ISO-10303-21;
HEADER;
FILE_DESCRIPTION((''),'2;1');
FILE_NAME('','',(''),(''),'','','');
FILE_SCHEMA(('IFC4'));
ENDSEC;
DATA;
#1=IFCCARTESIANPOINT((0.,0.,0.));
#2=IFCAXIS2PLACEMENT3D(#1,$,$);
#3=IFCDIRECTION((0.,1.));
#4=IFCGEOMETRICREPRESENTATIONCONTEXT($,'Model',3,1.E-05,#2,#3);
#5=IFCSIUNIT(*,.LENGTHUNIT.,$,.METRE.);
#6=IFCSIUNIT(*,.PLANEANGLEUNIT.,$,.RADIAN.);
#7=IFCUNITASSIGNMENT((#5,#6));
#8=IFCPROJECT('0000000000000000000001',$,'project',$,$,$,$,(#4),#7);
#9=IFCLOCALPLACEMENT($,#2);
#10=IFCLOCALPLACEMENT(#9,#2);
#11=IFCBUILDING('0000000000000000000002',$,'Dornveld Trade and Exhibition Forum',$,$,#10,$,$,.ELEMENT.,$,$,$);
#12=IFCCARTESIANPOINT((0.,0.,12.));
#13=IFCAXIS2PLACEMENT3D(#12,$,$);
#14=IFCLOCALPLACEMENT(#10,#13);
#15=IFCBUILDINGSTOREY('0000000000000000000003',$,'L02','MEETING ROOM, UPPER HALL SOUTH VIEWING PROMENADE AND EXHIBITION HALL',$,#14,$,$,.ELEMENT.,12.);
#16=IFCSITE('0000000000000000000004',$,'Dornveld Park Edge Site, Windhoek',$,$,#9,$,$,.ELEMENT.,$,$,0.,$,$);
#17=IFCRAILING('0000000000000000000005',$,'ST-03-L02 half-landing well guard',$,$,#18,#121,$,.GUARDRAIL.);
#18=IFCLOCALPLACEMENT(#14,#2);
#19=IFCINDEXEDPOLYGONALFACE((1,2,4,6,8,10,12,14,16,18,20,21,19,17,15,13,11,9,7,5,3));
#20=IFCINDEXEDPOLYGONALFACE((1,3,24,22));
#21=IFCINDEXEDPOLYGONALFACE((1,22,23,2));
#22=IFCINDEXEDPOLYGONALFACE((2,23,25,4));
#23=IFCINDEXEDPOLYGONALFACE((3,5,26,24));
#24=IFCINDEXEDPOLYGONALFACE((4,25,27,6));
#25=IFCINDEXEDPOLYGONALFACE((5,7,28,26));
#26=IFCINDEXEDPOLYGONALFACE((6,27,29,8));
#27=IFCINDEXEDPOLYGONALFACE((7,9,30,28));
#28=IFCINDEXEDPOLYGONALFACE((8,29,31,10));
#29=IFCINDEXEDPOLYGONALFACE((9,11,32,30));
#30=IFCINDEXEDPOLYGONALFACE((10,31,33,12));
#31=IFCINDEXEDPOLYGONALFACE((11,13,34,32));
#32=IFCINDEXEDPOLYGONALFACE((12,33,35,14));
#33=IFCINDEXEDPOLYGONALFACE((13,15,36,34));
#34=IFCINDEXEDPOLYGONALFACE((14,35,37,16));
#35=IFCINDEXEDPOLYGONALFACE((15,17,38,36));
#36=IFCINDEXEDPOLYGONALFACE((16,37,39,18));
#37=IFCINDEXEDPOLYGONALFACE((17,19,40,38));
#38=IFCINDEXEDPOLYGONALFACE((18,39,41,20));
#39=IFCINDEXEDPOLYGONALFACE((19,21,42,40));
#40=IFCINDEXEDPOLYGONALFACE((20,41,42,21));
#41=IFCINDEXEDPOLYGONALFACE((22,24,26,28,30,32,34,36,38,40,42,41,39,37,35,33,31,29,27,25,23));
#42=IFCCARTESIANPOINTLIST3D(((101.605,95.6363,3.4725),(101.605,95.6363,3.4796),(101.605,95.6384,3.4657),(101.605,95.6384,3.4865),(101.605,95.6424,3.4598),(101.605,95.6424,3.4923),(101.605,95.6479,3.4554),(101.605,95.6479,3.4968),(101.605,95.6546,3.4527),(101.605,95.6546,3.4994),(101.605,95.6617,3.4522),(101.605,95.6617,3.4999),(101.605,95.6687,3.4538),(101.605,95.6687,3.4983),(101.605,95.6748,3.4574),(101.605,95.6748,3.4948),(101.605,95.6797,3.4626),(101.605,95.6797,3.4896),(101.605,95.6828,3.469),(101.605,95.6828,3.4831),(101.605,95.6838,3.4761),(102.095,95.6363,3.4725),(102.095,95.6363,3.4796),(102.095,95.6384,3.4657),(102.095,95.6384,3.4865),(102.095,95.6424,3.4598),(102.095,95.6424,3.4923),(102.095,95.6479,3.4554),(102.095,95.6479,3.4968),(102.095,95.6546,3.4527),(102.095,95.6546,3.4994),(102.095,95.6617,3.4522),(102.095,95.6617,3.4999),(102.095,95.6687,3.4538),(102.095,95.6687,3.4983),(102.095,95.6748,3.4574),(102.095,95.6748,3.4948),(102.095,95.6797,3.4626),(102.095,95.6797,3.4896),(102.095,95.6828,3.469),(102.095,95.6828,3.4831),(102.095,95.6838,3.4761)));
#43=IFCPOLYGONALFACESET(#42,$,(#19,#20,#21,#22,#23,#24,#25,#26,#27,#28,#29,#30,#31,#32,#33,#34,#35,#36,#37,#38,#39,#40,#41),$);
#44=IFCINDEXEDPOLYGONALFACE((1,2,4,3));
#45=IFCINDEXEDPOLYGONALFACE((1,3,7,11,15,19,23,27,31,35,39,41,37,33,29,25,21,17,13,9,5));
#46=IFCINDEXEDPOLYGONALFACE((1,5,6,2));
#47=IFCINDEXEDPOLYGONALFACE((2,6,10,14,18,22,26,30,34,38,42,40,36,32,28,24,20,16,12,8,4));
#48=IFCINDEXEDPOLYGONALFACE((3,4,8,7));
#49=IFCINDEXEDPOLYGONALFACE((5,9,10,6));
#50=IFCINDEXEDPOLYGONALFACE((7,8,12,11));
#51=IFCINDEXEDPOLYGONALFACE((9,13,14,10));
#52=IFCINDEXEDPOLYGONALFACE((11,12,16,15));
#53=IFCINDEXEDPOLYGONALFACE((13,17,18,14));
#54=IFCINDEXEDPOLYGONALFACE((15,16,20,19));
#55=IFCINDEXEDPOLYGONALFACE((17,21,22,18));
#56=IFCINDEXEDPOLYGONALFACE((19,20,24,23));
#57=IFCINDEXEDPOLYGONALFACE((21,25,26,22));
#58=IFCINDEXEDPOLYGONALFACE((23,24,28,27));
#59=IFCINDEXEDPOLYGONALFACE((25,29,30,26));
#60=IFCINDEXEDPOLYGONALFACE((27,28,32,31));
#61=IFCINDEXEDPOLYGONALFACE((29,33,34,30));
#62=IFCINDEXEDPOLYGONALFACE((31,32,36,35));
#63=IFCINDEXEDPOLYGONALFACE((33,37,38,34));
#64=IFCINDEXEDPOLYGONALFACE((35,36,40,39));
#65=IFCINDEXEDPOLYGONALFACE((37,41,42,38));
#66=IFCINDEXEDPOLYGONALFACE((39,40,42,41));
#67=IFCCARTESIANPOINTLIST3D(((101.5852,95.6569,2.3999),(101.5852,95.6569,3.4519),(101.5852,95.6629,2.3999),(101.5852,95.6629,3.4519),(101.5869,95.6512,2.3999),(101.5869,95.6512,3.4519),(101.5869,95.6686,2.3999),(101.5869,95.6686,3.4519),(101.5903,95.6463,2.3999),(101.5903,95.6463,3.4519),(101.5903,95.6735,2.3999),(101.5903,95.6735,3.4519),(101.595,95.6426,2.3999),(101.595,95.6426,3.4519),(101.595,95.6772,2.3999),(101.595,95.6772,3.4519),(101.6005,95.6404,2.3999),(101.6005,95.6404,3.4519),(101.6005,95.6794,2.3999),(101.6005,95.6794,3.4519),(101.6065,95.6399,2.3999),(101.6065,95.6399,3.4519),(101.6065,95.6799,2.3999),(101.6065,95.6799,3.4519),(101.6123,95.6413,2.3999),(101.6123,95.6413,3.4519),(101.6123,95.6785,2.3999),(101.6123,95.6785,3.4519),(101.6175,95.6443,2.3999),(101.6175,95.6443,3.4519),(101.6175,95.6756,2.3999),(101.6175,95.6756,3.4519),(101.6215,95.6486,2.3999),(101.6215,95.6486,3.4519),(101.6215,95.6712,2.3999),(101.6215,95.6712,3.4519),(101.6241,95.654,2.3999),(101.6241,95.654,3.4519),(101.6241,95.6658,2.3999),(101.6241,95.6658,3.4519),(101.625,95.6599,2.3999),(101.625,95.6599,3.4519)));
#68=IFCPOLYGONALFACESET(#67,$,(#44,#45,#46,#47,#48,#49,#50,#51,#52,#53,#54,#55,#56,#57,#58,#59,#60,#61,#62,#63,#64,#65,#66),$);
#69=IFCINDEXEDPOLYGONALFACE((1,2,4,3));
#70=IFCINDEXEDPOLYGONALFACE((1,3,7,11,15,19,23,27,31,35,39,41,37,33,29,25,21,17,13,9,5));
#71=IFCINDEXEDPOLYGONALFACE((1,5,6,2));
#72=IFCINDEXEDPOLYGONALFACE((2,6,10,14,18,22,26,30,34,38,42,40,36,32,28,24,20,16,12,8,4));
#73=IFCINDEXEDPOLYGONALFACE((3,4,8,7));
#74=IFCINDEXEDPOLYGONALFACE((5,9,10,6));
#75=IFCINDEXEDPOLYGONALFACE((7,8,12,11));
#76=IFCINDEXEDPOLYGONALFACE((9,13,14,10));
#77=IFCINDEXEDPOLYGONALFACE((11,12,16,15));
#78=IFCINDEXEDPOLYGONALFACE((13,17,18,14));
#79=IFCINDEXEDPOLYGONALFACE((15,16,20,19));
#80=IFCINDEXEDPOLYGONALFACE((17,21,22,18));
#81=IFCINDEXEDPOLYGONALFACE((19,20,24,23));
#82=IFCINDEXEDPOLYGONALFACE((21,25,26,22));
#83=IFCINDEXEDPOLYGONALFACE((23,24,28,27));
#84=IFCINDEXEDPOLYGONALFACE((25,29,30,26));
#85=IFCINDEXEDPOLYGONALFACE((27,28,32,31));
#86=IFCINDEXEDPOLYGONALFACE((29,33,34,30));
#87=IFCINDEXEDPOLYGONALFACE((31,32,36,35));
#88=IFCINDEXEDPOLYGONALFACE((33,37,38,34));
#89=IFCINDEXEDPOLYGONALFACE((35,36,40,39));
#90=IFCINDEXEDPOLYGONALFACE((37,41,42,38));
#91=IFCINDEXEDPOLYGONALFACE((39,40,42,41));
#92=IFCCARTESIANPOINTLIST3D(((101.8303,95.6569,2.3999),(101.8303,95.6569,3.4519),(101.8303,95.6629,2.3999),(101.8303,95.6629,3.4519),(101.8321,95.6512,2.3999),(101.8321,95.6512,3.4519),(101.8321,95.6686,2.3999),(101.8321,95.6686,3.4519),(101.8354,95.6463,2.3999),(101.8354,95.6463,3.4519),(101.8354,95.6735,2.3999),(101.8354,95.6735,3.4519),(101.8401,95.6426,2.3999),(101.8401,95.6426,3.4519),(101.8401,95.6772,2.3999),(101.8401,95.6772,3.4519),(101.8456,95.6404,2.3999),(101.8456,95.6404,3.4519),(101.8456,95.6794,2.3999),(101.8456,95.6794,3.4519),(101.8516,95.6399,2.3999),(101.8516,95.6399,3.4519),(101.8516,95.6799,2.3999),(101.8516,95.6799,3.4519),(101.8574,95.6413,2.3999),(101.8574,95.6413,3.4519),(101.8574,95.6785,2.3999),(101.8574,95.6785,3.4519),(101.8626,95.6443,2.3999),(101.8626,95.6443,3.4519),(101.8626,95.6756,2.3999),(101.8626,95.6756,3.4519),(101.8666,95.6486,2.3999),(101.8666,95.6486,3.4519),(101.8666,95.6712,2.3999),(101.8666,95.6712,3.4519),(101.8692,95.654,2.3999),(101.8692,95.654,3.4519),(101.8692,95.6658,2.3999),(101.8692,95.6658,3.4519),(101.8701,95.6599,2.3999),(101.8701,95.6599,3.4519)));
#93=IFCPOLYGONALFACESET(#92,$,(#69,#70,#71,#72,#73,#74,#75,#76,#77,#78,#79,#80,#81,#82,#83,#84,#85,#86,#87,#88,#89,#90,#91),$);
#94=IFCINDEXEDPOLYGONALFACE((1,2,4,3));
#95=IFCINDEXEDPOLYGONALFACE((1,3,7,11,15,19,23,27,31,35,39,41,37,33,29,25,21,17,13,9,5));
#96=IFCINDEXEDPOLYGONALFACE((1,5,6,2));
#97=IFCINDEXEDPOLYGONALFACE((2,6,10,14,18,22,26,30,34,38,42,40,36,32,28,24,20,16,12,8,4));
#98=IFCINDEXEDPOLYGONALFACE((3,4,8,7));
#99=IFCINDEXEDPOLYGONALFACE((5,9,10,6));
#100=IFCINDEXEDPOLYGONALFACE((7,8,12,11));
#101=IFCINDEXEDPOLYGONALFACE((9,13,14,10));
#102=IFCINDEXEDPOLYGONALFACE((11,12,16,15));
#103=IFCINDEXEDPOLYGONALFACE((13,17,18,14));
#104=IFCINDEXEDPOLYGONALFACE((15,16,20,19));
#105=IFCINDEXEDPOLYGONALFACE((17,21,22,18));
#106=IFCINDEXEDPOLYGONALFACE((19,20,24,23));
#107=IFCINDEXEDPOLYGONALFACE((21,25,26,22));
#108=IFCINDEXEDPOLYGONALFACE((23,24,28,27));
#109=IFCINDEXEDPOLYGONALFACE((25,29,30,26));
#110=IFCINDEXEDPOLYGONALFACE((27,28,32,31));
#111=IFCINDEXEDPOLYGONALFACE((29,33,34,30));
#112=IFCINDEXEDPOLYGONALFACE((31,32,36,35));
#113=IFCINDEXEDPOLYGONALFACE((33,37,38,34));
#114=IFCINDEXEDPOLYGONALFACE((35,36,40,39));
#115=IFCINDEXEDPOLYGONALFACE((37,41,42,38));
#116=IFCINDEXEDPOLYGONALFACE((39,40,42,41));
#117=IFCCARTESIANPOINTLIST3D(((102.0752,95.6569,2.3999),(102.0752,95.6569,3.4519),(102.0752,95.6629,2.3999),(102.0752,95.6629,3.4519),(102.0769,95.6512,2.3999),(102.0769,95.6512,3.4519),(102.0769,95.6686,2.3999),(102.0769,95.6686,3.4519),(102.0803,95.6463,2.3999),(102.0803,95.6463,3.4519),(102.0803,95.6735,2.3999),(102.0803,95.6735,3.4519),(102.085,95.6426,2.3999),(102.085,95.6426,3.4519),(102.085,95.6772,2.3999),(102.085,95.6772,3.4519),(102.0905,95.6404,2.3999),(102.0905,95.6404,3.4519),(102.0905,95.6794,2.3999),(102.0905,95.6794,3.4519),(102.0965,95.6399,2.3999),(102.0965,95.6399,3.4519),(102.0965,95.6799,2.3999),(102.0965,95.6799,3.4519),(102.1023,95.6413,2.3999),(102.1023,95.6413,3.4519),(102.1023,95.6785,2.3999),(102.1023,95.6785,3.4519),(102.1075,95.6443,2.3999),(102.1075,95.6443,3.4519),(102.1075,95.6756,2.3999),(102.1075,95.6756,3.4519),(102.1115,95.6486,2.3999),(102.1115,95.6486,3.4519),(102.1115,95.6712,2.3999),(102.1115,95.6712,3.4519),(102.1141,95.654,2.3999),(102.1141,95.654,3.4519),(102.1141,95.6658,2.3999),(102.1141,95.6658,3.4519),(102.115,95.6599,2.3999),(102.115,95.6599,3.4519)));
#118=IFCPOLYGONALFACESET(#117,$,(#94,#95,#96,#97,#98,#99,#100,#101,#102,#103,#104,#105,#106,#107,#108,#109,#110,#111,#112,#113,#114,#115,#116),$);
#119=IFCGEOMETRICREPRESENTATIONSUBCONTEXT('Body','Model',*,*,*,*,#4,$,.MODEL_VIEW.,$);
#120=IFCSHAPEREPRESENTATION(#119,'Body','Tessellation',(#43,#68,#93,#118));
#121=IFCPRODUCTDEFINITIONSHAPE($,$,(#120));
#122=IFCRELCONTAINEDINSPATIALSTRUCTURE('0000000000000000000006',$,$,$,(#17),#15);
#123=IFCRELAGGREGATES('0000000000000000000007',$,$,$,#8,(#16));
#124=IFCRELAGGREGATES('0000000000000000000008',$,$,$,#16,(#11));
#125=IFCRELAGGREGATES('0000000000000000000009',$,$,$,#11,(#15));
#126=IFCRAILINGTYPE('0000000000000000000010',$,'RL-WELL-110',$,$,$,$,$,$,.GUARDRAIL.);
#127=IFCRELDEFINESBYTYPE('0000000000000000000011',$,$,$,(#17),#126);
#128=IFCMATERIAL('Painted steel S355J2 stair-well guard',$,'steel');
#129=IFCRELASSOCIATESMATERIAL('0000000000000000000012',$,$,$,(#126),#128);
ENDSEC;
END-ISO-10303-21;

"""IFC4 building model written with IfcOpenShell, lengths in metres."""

from ifc_helpers import new_model, si_unit, direction, frame, origin, origin_2d, place, context, subcontext, project, spatial, circle, extrude, material, type_object, element, save


model = new_model("IFC4")

# Units and contexts
model_context = context("Model", 3, precision=1e-05, world=origin(), true_north=direction((0.0, 1.0)))
body_context = subcontext(model_context, "Body", "Model", "MODEL_VIEW")
ifc_project = project(units=[si_unit("LENGTHUNIT", "METRE"), si_unit("PLANEANGLEUNIT", "RADIAN")], contexts=[model_context])

# Site, building, storey
site_placement = place(None, origin())
site = spatial("IfcSite", under=ifc_project, at=site_placement, Name="Dornveld Park Edge Site, Windhoek", CompositionType="ELEMENT", RefElevation=0.0)
building_placement = place(site_placement, origin())
building = spatial("IfcBuilding", under=site, at=building_placement, Name="Dornveld Trade and Exhibition Forum", CompositionType="ELEMENT")
storey_placement = place(building_placement, frame((0.0, 0.0, 12.0)))
storey = spatial("IfcBuildingStorey", under=building, at=storey_placement, Name="L02", Description="MEETING ROOM, UPPER HALL SOUTH VIEWING PROMENADE AND EXHIBITION HALL", CompositionType="ELEMENT", Elevation=12.0)

# Railing
ifc_material_1 = material(Name="Painted steel S355J2 stair-well guard", Category="steel")
railing_type_1 = type_object("IfcRailingType", Name="RL-WELL-110", PredefinedType="GUARDRAIL", material=ifc_material_1)
railing_1_placement = place(storey_placement, frame((101.605, 95.6599, 2.3999)))
element("IfcRailing", 1, at=railing_1_placement, inside=storey, type_object=railing_type_1, Name="ST-03-L02 half-landing well guard", PredefinedType="GUARDRAIL", context=body_context, shape_type="SweptSolid", body=[
    extrude(circle(Radius=0.0239, at=origin_2d()), frame((0.0, 0.0, 1.0762), z_axis=(1.0, 0.0, 0.0), x_axis=(0.0, 1.0, 0.0)), (0.0, 0.0, 1.0), 0.49),
    extrude(circle(Radius=0.02, at=origin_2d()), origin(), (0.0, 0.0, 1.0), 1.052),
    extrude(circle(Radius=0.02, at=origin_2d()), frame((0.2451, 0.0, 0.0)), (0.0, 0.0, 1.0), 1.052),
    extrude(circle(Radius=0.02, at=origin_2d()), frame((0.49, 0.0, 0.0)), (0.0, 0.0, 1.0), 1.052),
])

save(model, "model.ifc")
